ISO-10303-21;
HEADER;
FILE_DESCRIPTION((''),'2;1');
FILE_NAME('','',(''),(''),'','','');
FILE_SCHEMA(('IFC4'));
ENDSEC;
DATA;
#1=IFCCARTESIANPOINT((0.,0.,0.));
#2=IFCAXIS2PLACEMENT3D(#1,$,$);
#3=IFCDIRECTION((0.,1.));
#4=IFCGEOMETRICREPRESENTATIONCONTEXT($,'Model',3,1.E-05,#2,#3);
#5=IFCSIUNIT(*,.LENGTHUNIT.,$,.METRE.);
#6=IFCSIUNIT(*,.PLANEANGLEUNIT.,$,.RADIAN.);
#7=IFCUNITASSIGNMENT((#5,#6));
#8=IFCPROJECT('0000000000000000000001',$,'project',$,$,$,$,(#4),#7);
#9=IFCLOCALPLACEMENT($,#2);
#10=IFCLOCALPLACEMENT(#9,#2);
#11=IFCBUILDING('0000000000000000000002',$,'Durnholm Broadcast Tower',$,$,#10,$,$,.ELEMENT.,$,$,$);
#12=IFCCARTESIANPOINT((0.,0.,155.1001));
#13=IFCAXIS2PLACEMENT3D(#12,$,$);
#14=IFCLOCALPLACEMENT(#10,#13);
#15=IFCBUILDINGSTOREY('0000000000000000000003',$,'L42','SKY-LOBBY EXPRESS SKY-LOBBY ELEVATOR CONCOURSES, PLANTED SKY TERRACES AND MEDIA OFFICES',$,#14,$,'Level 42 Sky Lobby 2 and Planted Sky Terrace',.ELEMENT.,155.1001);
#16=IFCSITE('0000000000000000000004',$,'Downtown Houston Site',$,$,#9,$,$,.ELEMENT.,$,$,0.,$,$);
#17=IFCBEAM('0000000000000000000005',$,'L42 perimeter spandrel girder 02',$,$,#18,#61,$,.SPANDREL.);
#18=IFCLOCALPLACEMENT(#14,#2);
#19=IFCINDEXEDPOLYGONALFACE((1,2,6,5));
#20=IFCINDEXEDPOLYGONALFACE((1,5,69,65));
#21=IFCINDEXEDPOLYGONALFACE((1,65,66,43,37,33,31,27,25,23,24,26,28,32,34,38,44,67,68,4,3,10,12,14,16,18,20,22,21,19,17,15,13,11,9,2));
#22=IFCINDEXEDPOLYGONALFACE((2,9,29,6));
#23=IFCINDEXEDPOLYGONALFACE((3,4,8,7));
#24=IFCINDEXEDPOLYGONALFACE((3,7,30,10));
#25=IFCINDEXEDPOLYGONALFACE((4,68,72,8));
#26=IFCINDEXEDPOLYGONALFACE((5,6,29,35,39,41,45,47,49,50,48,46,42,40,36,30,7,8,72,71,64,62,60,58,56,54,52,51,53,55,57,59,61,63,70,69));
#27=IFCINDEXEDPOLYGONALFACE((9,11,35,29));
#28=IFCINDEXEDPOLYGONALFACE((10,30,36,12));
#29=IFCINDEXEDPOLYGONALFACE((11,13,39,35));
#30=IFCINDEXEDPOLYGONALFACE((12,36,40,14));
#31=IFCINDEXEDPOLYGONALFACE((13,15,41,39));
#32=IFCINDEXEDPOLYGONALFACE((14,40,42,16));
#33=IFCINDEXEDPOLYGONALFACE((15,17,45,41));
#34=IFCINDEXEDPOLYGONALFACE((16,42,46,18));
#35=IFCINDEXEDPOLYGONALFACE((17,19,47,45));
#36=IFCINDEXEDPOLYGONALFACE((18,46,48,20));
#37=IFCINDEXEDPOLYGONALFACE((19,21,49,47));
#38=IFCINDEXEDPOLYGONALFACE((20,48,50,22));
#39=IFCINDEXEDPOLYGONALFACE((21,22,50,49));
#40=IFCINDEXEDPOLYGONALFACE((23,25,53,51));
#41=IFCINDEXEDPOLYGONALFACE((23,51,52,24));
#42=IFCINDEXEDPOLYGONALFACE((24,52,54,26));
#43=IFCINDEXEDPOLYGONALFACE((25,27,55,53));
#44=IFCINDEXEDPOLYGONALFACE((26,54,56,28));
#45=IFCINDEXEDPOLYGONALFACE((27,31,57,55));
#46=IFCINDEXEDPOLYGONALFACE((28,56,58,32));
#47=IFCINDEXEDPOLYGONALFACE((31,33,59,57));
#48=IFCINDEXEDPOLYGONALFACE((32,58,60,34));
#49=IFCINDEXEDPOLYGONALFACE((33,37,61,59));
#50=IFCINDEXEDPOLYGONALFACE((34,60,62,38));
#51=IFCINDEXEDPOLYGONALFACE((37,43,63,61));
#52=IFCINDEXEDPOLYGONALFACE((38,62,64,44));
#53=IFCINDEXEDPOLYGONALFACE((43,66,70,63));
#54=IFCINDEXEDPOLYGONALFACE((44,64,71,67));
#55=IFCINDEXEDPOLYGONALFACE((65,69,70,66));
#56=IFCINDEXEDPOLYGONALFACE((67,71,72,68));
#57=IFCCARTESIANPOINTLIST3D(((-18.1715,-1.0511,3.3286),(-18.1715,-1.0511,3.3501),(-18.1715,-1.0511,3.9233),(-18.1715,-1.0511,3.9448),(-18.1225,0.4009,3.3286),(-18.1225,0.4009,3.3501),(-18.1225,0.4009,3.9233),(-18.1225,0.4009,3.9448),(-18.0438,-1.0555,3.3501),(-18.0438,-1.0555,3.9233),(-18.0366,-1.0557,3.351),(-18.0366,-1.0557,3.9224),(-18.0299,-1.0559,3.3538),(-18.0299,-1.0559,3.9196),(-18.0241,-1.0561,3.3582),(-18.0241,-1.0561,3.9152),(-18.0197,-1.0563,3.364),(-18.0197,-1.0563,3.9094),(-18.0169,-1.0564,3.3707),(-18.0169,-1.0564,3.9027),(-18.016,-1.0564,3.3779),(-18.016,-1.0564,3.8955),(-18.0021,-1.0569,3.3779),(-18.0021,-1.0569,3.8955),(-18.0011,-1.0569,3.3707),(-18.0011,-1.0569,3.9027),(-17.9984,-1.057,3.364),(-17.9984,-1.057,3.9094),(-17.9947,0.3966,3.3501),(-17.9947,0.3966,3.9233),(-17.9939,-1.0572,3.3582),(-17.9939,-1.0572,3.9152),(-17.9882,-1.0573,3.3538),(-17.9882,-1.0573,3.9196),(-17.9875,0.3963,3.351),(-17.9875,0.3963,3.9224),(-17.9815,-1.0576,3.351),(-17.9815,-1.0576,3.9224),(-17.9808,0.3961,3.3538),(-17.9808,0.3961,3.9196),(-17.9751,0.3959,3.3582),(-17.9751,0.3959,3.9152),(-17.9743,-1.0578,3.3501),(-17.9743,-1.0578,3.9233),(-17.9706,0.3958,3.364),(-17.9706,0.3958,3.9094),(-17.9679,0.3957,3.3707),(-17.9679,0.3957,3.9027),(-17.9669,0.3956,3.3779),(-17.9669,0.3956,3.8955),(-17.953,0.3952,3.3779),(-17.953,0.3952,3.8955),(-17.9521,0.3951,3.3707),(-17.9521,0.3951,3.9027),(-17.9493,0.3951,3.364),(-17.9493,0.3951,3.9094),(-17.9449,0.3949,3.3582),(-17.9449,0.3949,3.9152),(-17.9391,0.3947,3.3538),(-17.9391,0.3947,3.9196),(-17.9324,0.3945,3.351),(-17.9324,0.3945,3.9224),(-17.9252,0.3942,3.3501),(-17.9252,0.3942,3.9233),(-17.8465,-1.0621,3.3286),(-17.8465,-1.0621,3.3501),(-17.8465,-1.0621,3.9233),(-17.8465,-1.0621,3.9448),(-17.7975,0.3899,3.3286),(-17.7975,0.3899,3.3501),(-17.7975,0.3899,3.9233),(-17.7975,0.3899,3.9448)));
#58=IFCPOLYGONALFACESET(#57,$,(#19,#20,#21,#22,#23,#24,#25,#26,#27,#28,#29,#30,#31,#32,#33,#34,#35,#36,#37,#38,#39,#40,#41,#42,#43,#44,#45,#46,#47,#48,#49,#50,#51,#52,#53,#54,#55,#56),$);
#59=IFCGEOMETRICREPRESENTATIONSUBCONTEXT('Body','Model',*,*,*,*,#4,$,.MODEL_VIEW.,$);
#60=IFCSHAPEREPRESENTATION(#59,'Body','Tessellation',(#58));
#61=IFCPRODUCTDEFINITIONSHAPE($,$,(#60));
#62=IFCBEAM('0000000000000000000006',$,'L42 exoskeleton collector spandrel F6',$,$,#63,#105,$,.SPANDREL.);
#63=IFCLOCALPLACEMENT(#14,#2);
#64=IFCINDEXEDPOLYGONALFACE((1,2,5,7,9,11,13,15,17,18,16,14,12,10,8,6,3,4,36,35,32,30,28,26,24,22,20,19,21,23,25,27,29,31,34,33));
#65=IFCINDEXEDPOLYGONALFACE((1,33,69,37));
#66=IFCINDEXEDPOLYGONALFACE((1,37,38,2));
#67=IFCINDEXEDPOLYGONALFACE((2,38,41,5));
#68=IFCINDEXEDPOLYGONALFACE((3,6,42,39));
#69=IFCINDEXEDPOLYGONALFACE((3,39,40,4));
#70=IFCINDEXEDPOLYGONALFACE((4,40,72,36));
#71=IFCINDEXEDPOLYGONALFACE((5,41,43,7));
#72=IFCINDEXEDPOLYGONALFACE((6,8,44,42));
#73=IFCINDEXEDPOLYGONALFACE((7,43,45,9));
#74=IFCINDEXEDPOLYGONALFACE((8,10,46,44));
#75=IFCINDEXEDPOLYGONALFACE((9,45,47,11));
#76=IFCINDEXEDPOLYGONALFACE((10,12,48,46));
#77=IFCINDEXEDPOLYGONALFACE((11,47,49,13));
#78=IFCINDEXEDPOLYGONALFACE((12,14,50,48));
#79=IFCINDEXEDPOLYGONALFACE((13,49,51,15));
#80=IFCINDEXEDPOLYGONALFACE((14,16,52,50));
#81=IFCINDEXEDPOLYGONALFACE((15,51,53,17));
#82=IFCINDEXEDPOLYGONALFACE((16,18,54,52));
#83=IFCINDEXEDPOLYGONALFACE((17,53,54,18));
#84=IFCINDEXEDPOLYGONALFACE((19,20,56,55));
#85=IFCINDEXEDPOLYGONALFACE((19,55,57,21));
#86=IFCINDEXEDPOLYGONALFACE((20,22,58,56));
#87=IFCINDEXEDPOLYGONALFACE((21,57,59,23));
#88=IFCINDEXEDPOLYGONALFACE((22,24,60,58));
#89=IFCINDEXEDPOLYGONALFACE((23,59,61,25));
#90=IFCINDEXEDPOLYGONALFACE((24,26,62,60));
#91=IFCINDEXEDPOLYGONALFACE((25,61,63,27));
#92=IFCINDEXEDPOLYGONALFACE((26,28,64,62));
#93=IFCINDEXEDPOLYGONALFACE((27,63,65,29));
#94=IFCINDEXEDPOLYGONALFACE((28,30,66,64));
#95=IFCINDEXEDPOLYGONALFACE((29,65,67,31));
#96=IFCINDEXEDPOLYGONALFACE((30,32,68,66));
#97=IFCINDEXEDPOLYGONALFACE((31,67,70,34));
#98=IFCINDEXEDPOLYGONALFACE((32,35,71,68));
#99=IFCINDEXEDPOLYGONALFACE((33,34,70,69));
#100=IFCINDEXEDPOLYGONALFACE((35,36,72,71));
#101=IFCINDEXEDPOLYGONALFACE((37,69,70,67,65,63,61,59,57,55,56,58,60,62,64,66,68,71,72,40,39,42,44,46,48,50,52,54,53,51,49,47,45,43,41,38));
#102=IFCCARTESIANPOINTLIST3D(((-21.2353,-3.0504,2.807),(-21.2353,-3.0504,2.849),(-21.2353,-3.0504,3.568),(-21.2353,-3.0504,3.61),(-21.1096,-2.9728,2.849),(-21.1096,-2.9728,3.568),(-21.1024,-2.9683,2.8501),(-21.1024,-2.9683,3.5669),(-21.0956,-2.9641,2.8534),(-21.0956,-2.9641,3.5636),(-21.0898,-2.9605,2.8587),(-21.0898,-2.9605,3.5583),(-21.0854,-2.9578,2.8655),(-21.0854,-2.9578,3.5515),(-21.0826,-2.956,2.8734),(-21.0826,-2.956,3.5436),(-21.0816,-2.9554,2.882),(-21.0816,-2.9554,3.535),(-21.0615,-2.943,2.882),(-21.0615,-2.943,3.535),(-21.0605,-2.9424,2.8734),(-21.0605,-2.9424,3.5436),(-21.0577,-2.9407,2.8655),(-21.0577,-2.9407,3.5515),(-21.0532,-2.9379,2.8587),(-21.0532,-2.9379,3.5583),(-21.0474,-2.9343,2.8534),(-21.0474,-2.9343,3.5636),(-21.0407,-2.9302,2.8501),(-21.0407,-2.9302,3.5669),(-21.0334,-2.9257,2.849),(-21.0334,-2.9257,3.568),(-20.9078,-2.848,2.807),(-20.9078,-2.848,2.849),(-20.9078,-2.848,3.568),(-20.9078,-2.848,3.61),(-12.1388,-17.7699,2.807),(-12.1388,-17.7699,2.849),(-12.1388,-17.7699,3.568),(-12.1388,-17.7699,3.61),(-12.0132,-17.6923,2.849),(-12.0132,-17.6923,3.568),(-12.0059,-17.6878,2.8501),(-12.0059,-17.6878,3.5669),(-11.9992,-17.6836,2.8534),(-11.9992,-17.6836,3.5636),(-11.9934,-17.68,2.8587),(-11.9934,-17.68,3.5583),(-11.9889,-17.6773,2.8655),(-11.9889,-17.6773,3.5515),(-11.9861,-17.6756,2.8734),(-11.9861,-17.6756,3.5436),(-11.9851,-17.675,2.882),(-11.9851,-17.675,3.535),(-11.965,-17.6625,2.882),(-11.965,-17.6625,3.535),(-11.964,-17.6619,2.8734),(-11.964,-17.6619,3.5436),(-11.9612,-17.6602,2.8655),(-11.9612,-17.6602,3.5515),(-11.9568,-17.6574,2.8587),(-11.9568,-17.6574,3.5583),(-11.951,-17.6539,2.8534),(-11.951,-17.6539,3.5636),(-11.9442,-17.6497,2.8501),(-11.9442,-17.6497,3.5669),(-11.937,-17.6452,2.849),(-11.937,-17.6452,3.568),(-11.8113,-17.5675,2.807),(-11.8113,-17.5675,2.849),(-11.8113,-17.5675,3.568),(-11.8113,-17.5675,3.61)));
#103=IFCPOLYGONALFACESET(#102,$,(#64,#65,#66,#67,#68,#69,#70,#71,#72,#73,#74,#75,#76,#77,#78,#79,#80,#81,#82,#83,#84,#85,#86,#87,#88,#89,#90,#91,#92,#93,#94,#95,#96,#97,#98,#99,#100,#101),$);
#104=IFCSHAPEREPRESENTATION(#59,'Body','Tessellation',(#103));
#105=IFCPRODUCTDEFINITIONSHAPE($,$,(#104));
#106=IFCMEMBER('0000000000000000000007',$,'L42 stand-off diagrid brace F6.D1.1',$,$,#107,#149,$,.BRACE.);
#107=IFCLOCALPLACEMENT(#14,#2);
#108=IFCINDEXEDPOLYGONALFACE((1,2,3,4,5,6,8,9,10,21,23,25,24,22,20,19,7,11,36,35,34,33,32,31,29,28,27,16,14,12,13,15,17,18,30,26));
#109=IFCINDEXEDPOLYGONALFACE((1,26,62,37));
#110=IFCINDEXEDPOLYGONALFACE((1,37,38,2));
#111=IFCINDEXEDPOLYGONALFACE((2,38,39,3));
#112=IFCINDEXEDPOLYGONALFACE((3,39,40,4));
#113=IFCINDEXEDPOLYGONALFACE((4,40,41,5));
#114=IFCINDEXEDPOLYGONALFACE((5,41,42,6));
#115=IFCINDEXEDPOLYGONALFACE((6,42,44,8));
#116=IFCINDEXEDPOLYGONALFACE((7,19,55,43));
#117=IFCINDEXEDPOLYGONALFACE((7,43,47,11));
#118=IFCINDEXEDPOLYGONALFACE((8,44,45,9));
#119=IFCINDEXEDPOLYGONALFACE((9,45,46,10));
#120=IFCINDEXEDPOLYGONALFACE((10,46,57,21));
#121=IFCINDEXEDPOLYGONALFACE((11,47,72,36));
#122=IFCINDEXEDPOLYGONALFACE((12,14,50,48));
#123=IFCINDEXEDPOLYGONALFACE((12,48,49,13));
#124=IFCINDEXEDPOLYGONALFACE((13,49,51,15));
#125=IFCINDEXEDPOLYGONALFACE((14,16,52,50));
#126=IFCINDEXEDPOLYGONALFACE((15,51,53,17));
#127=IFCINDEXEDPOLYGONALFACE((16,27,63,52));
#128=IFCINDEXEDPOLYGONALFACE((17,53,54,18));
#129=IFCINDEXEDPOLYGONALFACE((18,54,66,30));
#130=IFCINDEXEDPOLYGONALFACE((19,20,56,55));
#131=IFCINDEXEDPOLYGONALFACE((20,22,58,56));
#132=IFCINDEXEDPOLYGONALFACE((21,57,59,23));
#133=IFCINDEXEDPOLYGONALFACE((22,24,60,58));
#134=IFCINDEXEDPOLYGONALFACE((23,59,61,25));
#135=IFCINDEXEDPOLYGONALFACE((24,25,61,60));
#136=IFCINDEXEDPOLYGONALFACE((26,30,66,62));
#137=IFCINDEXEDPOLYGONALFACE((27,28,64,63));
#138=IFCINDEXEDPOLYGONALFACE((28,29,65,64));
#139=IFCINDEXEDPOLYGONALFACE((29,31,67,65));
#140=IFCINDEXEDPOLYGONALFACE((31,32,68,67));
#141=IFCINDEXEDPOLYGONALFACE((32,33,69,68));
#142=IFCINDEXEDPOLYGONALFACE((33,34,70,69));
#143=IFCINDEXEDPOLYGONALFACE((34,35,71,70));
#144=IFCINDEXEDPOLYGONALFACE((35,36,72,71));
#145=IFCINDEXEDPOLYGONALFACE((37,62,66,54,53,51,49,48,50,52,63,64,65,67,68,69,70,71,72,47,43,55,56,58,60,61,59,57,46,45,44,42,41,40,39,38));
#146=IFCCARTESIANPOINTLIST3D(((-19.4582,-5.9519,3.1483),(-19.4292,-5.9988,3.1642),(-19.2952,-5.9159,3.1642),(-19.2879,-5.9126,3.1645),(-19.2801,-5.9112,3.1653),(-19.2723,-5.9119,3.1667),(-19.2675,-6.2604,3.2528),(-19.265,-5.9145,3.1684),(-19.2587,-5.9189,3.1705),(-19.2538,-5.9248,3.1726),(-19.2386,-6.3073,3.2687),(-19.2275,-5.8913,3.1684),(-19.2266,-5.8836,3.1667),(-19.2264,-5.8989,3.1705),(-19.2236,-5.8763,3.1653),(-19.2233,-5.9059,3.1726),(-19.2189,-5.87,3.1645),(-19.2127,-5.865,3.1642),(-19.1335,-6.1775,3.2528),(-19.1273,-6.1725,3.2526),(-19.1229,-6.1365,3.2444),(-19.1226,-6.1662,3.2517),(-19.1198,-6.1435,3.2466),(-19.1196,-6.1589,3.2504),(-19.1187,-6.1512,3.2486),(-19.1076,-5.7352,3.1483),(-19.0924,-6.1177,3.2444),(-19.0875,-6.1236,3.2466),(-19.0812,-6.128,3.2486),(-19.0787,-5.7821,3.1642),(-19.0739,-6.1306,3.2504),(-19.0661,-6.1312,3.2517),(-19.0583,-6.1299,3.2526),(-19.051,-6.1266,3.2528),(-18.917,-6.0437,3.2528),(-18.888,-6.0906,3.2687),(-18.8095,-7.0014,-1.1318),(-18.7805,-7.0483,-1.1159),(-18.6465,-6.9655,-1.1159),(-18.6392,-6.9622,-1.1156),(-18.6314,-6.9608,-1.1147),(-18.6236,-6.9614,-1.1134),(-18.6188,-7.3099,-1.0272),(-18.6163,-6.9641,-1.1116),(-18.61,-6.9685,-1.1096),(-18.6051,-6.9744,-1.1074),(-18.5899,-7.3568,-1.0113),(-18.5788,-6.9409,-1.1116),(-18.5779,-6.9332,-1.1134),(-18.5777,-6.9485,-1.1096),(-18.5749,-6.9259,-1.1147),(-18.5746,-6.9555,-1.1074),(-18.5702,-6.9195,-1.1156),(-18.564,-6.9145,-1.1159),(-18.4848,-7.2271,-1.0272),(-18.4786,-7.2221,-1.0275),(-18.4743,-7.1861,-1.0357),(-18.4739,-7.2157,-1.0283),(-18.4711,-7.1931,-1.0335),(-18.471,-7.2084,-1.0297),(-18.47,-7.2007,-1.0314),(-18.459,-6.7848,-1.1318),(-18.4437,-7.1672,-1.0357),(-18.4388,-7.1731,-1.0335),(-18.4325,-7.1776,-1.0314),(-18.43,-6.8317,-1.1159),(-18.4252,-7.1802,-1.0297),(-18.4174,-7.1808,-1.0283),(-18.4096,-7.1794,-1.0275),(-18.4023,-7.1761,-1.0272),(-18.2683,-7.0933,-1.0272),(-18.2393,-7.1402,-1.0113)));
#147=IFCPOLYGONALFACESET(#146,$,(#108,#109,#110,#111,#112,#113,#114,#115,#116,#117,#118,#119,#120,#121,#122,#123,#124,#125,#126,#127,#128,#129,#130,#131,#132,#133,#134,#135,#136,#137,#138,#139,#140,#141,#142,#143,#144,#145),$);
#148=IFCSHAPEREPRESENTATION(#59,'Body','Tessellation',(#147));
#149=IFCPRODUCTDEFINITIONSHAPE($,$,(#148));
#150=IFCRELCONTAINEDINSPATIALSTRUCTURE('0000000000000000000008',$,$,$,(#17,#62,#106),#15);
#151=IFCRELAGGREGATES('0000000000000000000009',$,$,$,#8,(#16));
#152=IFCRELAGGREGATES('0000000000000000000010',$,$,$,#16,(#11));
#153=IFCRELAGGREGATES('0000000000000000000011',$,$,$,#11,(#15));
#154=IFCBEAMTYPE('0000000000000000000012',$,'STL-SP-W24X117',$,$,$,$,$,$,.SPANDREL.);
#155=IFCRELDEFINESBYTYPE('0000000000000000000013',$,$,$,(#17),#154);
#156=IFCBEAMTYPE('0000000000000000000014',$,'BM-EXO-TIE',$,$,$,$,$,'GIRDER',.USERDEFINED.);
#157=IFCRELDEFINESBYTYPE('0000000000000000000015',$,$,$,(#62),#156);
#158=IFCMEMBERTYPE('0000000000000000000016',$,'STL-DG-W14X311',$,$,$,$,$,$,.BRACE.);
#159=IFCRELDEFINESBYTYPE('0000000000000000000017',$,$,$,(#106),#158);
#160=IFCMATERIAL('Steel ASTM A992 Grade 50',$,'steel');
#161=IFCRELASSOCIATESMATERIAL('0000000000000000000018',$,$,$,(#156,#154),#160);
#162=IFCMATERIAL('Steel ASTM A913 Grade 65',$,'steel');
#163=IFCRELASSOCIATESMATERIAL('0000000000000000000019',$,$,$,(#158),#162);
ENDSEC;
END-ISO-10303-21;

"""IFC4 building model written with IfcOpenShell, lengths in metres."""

from ifc_helpers import new_model, si_unit, direction, frame, origin, origin_2d, place, context, subcontext, project, spatial, i_section, extrude, source, transform, mapped, material, material_profile, profile_set, type_object, type_shapes, element, save


model = new_model("IFC4")

# Units and contexts
model_context = context("Model", 3, precision=1e-05, world=origin(), true_north=direction((0.0, 1.0)))
body_context = subcontext(model_context, "Body", "Model", "MODEL_VIEW")
ifc_project = project(units=[si_unit("LENGTHUNIT", "METRE"), si_unit("PLANEANGLEUNIT", "RADIAN")], contexts=[model_context])

# Site, building, storey
site_placement = place(None, origin())
site = spatial("IfcSite", under=ifc_project, at=site_placement, Name="Downtown Houston Site", CompositionType="ELEMENT", RefElevation=0.0)
building_placement = place(site_placement, origin())
building = spatial("IfcBuilding", under=site, at=building_placement, Name="Durnholm Broadcast Tower", CompositionType="ELEMENT")
storey_placement = place(building_placement, frame((0.0, 0.0, 155.1001)))
storey = spatial("IfcBuildingStorey", under=building, at=storey_placement, Name="L42", Description="SKY-LOBBY EXPRESS SKY-LOBBY ELEVATOR CONCOURSES, PLANTED SKY TERRACES AND MEDIA OFFICES", LongName="Level 42 Sky Lobby 2 and Planted Sky Terrace", CompositionType="ELEMENT", Elevation=155.1001)

# Beams
ifc_material_1 = material(Name="Steel ASTM A992 Grade 50", Category="steel")
ifc_material_profile_1 = material_profile(ifc_material_1, i_section(OverallWidth=0.385, OverallDepth=0.803, WebThickness=0.0237, FlangeThickness=0.042, FilletRadius=0.033, at=origin_2d()), Name="W30X261")
ifc_profile_set_1 = profile_set([ifc_material_profile_1], Name="Steel ASTM A992 Grade 50")
beam_type_1 = type_object("IfcBeamType", Name="BM-EXO-TIE", ElementType="GIRDER", PredefinedType="USERDEFINED", material=ifc_profile_set_1)
ifc_material_profile_2 = material_profile(ifc_material_1, i_section(OverallWidth=0.3252, OverallDepth=0.6162, WebThickness=0.0139, FlangeThickness=0.0215, FilletRadius=0.0278, at=origin_2d()), Name="W24X117")
ifc_profile_set_2 = profile_set([ifc_material_profile_2], Name="Steel ASTM A992 Grade 50")
beam_type_2 = type_object("IfcBeamType", Name="STL-SP-W24X117", PredefinedType="SPANDREL", material=ifc_profile_set_2)
shared_shape_1 = source(origin(), body_context, "Body", "SweptSolid", [
    extrude(i_section(OverallWidth=0.3252, OverallDepth=0.6162, WebThickness=0.0139, FlangeThickness=0.0215, FilletRadius=0.0278, at=origin_2d()), origin(), (0.0, 0.0, 1.0), 1.4529),
])
beam_1_placement = place(storey_placement, frame((-18.009, -1.0566, 3.6367), z_axis=(0.033774, 0.99943, 0.0), x_axis=(-0.99943, 0.033774, 0.0)))
element("IfcBeam", 1, at=beam_1_placement, inside=storey, type_object=beam_type_2, Name="L42 perimeter spandrel girder 02", PredefinedType="SPANDREL", context=body_context, shape_type="MappedRepresentation", body=[
    mapped(shared_shape_1, transform((0.0, 0.0, 0.0), x_axis=(1.0, 0.0, 0.0), y_axis=(0.0, 1.0, 0.0), z_axis=(0.0, 0.0, 1.0), scale=1.0)),
])
shared_shape_2 = source(origin(), body_context, "Body", "SweptSolid", [
    extrude(i_section(OverallWidth=0.385, OverallDepth=0.803, WebThickness=0.0237, FlangeThickness=0.042, FilletRadius=0.033, at=origin_2d()), origin(), (0.0, 0.0, 1.0), 17.3035),
])
beam_2_placement = place(storey_placement, frame((-21.0715, -2.9492, 3.2085), z_axis=(0.525702, -0.850669, 0.0), x_axis=(0.850669, 0.525702, 0.0)))
element("IfcBeam", 2, at=beam_2_placement, inside=storey, type_object=beam_type_1, Name="L42 exoskeleton collector spandrel F6", PredefinedType="SPANDREL", context=body_context, shape_type="MappedRepresentation", body=[
    mapped(shared_shape_2, transform((0.0, 0.0, 0.0), x_axis=(1.0, 0.0, 0.0), y_axis=(0.0, 1.0, 0.0), z_axis=(0.0, 0.0, 1.0), scale=1.0)),
])

# Member
ifc_material_2 = material(Name="Steel ASTM A913 Grade 65", Category="steel")
ifc_material_profile_3 = material_profile(ifc_material_2, i_section(OverallWidth=0.4121, OverallDepth=0.4348, WebThickness=0.0359, FlangeThickness=0.0574, FilletRadius=0.0305, at=origin_2d()), Name="W14X311")
ifc_profile_set_3 = profile_set([ifc_material_profile_3], Name="Steel ASTM A913 Grade 65")
member_type_1 = type_object("IfcMemberType", Name="STL-DG-W14X311", PredefinedType="BRACE", material=ifc_profile_set_3)
shared_shape_3 = source(origin(), body_context, "Body", "SweptSolid", [
    extrude(i_section(OverallWidth=0.4121, OverallDepth=0.4348, WebThickness=0.0359, FlangeThickness=0.0574, FilletRadius=0.0305, at=origin_2d()), origin(), (0.0, 0.0, 1.0), 4.4543),
])
type_shapes(member_type_1, [shared_shape_3])
for number, where, z_axis, x_axis, name in (
    (3, (-18.5244, -7.0708, -1.0715), (-0.14563, 0.235627, 0.96087), (-0.850644, -0.525741, 0.0), "L42 stand-off diagrid brace F6.D1.1"),
):
    element("IfcMember", number, at=place(storey_placement, frame(where, z_axis=z_axis, x_axis=x_axis)), inside=storey, type_object=member_type_1, Name=name, PredefinedType="BRACE", context=body_context, shape_type="MappedRepresentation", body=[
        mapped(shared_shape_3, transform((0.0, 0.0, 0.0), x_axis=(1.0, 0.0, 0.0), y_axis=(0.0, 1.0, 0.0), z_axis=(0.0, 0.0, 1.0), scale=1.0)),
    ])

save(model, "model.ifc")
